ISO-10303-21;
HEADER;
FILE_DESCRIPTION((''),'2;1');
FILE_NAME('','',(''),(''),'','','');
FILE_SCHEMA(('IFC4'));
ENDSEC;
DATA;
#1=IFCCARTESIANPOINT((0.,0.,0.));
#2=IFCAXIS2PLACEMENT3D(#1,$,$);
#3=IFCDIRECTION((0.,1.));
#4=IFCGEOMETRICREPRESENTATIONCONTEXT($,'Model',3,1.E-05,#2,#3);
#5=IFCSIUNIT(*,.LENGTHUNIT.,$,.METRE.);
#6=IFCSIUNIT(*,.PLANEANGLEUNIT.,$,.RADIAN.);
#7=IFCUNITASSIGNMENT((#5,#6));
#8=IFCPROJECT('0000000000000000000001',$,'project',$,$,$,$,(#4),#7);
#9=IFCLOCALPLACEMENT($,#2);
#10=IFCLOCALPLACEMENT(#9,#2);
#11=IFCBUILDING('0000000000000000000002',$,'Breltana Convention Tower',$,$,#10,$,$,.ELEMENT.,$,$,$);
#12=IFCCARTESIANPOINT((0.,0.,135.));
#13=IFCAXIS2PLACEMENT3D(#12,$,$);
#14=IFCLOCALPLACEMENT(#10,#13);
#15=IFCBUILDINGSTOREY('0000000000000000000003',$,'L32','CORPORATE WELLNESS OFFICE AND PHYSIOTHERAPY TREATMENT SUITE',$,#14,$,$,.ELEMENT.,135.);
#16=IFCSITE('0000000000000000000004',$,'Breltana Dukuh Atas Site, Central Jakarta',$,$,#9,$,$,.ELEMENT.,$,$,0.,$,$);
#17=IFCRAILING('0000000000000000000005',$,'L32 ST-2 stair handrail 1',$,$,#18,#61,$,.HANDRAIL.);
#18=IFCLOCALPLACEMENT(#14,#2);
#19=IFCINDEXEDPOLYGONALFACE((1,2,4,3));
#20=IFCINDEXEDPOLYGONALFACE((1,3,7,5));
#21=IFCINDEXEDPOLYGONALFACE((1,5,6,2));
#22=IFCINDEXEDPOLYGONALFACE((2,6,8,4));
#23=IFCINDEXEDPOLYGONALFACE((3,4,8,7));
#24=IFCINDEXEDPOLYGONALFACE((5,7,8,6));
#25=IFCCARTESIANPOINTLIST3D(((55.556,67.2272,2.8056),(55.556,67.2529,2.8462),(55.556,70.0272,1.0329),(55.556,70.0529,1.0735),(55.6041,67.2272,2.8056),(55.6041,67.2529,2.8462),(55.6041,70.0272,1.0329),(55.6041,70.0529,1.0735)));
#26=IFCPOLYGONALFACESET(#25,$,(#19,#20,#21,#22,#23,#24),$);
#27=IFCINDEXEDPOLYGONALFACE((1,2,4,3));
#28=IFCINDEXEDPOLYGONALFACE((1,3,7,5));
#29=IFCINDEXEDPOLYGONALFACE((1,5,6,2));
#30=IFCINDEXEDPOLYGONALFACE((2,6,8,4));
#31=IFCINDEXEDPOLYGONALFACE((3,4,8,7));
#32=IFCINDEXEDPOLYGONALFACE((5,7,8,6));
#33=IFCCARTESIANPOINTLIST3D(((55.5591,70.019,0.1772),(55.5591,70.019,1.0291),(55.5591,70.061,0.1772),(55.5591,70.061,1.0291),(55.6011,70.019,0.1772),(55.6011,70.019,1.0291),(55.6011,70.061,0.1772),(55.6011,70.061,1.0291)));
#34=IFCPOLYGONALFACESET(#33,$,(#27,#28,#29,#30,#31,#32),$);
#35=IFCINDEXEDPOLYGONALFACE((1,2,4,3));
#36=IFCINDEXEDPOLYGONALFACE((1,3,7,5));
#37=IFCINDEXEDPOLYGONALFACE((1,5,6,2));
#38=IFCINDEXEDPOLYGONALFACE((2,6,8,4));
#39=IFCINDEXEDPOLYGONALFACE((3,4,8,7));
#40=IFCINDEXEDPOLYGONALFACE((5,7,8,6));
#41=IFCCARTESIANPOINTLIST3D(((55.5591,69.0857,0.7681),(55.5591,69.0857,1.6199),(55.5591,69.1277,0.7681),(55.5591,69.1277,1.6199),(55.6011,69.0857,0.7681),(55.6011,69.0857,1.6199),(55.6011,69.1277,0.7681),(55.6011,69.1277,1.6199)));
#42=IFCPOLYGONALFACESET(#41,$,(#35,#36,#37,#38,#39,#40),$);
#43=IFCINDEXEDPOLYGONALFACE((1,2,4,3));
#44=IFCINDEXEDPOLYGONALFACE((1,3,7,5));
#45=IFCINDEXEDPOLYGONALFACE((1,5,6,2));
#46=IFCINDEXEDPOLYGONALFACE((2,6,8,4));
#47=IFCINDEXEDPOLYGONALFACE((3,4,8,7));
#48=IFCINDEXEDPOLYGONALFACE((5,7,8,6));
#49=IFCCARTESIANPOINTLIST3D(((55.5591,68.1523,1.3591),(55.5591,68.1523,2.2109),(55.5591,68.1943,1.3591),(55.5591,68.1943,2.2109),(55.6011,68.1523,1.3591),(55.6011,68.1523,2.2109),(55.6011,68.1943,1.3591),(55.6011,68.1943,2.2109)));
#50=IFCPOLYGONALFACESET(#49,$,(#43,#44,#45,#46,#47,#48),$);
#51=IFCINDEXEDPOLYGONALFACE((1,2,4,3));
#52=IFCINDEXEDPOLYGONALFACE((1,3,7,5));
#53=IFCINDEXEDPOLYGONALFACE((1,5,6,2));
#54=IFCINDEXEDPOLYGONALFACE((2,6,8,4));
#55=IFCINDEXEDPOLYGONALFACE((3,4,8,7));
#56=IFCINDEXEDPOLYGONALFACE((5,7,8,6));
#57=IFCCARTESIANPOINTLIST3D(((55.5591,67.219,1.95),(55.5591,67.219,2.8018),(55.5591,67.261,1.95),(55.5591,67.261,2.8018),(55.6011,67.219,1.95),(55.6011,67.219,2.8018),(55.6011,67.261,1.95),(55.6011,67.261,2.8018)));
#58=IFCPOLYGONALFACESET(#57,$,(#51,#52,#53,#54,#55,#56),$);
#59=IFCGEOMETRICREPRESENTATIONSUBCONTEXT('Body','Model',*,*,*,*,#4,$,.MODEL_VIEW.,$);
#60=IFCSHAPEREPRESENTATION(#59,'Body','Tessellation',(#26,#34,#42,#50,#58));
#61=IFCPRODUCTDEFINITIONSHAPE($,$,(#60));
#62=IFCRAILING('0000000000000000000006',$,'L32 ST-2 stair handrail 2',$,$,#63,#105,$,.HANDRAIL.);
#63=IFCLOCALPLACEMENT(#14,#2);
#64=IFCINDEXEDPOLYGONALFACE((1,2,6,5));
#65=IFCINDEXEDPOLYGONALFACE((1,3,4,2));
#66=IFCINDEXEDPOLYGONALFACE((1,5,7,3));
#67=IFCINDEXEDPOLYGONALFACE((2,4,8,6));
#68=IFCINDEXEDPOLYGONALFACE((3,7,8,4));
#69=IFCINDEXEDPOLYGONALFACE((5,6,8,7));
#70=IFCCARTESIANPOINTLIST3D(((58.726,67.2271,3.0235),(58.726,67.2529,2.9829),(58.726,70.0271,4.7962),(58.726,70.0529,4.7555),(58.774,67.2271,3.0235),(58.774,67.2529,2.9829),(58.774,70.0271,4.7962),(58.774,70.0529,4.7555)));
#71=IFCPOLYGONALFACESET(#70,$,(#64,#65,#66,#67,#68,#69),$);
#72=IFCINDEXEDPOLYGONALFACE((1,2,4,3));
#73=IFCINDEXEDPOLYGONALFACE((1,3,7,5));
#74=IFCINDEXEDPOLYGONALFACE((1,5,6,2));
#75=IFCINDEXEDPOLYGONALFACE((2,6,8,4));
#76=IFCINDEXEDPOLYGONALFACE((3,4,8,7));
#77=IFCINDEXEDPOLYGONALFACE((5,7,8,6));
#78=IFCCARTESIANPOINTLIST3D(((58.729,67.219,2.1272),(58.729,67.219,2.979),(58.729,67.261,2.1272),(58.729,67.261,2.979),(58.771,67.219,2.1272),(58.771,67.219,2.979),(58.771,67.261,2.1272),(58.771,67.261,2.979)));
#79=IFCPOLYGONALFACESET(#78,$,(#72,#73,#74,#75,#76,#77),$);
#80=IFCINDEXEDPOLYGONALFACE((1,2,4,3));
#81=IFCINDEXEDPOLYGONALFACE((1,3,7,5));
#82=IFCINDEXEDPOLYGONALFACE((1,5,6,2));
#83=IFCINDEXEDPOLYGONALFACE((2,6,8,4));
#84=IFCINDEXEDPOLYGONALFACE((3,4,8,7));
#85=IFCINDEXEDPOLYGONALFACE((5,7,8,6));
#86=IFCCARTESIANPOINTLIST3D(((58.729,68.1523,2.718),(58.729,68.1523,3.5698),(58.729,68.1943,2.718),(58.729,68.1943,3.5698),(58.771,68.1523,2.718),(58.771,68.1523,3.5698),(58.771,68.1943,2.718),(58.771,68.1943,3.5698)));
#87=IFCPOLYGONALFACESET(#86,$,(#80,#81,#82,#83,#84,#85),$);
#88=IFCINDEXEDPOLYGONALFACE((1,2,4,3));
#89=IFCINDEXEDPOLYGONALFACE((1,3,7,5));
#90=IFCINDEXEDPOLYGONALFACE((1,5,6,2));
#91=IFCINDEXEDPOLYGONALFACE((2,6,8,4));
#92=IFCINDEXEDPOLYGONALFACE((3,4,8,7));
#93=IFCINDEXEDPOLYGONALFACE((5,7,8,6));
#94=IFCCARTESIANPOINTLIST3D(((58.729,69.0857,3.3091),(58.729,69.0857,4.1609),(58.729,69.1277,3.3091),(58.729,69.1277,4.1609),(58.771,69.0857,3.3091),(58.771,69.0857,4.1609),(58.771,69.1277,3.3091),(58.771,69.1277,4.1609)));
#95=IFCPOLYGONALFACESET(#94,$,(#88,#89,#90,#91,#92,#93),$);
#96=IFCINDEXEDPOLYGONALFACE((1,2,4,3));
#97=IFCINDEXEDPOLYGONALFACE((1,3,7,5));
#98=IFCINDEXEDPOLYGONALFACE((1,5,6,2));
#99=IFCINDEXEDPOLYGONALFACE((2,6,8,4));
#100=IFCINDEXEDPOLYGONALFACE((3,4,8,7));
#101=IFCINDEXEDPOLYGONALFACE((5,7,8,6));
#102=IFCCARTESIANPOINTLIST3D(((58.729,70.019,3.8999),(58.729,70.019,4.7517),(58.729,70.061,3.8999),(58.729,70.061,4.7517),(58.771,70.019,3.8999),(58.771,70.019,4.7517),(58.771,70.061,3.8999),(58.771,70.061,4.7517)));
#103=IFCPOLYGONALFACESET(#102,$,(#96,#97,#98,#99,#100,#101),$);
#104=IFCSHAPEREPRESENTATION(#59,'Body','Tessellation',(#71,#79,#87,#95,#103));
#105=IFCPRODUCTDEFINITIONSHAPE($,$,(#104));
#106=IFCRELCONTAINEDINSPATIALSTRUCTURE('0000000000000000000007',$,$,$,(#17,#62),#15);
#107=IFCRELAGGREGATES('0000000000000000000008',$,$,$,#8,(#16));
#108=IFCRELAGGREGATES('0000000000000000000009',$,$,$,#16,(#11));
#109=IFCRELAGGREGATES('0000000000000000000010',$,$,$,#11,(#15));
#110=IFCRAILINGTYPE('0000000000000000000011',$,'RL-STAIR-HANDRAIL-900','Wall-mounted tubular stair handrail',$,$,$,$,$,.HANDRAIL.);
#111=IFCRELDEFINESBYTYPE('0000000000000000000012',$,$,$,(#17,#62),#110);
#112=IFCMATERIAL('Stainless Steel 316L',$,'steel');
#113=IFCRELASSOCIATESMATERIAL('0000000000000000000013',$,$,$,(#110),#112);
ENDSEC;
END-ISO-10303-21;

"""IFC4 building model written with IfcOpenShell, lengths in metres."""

from ifc_helpers import new_model, si_unit, direction, frame, origin, origin_2d, place, context, subcontext, project, spatial, rectangle, extrude, material, type_object, element, save


model = new_model("IFC4")

# Units and contexts
model_context = context("Model", 3, precision=1e-05, world=origin(), true_north=direction((0.0, 1.0)))
body_context = subcontext(model_context, "Body", "Model", "MODEL_VIEW")
ifc_project = project(units=[si_unit("LENGTHUNIT", "METRE"), si_unit("PLANEANGLEUNIT", "RADIAN")], contexts=[model_context])

# Site, building, storey
site_placement = place(None, origin())
site = spatial("IfcSite", under=ifc_project, at=site_placement, Name="Breltana Dukuh Atas Site, Central Jakarta", CompositionType="ELEMENT", RefElevation=0.0)
building_placement = place(site_placement, origin())
building = spatial("IfcBuilding", under=site, at=building_placement, Name="Breltana Convention Tower", CompositionType="ELEMENT")
storey_placement = place(building_placement, frame((0.0, 0.0, 135.0)))
storey = spatial("IfcBuildingStorey", under=building, at=storey_placement, Name="L32", Description="CORPORATE WELLNESS OFFICE AND PHYSIOTHERAPY TREATMENT SUITE", CompositionType="ELEMENT", Elevation=135.0)

# Railings
ifc_material_1 = material(Name="Stainless Steel 316L", Category="steel")
railing_type_1 = type_object("IfcRailingType", Name="RL-STAIR-HANDRAIL-900", Description="Wall-mounted tubular stair handrail", PredefinedType="HANDRAIL", material=ifc_material_1)
railing_1_placement = place(storey_placement, frame((55.5801, 70.04, 0.1772)))
element("IfcRailing", 1, at=railing_1_placement, inside=storey, type_object=railing_type_1, Name="L32 ST-2 stair handrail 1", PredefinedType="HANDRAIL", context=body_context, shape_type="SweptSolid", body=[
    extrude(rectangle(XDim=0.0481, YDim=0.0481, at=origin_2d()), frame((0.0, 0.0, 0.876), z_axis=(0.0, -0.844909, 0.53491), x_axis=(1.0, 0.0, 0.0)), (0.0, 0.0, 1.0), 3.314),
    extrude(rectangle(XDim=0.042, YDim=0.042, at=origin_2d()), origin(), (0.0, 0.0, 1.0), 0.8518),
    extrude(rectangle(XDim=0.042, YDim=0.042, at=origin_2d()), frame((0.0, -0.9333, 0.5908)), (0.0, 0.0, 1.0), 0.8518),
    extrude(rectangle(XDim=0.042, YDim=0.042, at=origin_2d()), frame((0.0, -1.8667, 1.1819)), (0.0, 0.0, 1.0), 0.8518),
    extrude(rectangle(XDim=0.042, YDim=0.042, at=origin_2d()), frame((0.0, -2.8, 1.7727)), (0.0, 0.0, 1.0), 0.8518),
])
railing_2_placement = place(storey_placement, frame((58.75, 67.24, 2.1272)))
element("IfcRailing", 2, at=railing_2_placement, inside=storey, type_object=railing_type_1, Name="L32 ST-2 stair handrail 2", PredefinedType="HANDRAIL", context=body_context, shape_type="SweptSolid", body=[
    extrude(rectangle(XDim=0.0481, YDim=0.0481, at=origin_2d()), frame((0.0, 0.0, 0.876), z_axis=(0.0, 0.844909, 0.53491), x_axis=(-1.0, 0.0, 0.0)), (0.0, 0.0, 1.0), 3.314),
    extrude(rectangle(XDim=0.042, YDim=0.042, at=origin_2d()), origin(), (0.0, 0.0, 1.0), 0.8518),
    extrude(rectangle(XDim=0.042, YDim=0.042, at=origin_2d()), frame((0.0, 0.9333, 0.5908)), (0.0, 0.0, 1.0), 0.8518),
    extrude(rectangle(XDim=0.042, YDim=0.042, at=origin_2d()), frame((0.0, 1.8667, 1.1819)), (0.0, 0.0, 1.0), 0.8518),
    extrude(rectangle(XDim=0.042, YDim=0.042, at=origin_2d()), frame((0.0, 2.8, 1.7727)), (0.0, 0.0, 1.0), 0.8518),
])

save(model, "model.ifc")
